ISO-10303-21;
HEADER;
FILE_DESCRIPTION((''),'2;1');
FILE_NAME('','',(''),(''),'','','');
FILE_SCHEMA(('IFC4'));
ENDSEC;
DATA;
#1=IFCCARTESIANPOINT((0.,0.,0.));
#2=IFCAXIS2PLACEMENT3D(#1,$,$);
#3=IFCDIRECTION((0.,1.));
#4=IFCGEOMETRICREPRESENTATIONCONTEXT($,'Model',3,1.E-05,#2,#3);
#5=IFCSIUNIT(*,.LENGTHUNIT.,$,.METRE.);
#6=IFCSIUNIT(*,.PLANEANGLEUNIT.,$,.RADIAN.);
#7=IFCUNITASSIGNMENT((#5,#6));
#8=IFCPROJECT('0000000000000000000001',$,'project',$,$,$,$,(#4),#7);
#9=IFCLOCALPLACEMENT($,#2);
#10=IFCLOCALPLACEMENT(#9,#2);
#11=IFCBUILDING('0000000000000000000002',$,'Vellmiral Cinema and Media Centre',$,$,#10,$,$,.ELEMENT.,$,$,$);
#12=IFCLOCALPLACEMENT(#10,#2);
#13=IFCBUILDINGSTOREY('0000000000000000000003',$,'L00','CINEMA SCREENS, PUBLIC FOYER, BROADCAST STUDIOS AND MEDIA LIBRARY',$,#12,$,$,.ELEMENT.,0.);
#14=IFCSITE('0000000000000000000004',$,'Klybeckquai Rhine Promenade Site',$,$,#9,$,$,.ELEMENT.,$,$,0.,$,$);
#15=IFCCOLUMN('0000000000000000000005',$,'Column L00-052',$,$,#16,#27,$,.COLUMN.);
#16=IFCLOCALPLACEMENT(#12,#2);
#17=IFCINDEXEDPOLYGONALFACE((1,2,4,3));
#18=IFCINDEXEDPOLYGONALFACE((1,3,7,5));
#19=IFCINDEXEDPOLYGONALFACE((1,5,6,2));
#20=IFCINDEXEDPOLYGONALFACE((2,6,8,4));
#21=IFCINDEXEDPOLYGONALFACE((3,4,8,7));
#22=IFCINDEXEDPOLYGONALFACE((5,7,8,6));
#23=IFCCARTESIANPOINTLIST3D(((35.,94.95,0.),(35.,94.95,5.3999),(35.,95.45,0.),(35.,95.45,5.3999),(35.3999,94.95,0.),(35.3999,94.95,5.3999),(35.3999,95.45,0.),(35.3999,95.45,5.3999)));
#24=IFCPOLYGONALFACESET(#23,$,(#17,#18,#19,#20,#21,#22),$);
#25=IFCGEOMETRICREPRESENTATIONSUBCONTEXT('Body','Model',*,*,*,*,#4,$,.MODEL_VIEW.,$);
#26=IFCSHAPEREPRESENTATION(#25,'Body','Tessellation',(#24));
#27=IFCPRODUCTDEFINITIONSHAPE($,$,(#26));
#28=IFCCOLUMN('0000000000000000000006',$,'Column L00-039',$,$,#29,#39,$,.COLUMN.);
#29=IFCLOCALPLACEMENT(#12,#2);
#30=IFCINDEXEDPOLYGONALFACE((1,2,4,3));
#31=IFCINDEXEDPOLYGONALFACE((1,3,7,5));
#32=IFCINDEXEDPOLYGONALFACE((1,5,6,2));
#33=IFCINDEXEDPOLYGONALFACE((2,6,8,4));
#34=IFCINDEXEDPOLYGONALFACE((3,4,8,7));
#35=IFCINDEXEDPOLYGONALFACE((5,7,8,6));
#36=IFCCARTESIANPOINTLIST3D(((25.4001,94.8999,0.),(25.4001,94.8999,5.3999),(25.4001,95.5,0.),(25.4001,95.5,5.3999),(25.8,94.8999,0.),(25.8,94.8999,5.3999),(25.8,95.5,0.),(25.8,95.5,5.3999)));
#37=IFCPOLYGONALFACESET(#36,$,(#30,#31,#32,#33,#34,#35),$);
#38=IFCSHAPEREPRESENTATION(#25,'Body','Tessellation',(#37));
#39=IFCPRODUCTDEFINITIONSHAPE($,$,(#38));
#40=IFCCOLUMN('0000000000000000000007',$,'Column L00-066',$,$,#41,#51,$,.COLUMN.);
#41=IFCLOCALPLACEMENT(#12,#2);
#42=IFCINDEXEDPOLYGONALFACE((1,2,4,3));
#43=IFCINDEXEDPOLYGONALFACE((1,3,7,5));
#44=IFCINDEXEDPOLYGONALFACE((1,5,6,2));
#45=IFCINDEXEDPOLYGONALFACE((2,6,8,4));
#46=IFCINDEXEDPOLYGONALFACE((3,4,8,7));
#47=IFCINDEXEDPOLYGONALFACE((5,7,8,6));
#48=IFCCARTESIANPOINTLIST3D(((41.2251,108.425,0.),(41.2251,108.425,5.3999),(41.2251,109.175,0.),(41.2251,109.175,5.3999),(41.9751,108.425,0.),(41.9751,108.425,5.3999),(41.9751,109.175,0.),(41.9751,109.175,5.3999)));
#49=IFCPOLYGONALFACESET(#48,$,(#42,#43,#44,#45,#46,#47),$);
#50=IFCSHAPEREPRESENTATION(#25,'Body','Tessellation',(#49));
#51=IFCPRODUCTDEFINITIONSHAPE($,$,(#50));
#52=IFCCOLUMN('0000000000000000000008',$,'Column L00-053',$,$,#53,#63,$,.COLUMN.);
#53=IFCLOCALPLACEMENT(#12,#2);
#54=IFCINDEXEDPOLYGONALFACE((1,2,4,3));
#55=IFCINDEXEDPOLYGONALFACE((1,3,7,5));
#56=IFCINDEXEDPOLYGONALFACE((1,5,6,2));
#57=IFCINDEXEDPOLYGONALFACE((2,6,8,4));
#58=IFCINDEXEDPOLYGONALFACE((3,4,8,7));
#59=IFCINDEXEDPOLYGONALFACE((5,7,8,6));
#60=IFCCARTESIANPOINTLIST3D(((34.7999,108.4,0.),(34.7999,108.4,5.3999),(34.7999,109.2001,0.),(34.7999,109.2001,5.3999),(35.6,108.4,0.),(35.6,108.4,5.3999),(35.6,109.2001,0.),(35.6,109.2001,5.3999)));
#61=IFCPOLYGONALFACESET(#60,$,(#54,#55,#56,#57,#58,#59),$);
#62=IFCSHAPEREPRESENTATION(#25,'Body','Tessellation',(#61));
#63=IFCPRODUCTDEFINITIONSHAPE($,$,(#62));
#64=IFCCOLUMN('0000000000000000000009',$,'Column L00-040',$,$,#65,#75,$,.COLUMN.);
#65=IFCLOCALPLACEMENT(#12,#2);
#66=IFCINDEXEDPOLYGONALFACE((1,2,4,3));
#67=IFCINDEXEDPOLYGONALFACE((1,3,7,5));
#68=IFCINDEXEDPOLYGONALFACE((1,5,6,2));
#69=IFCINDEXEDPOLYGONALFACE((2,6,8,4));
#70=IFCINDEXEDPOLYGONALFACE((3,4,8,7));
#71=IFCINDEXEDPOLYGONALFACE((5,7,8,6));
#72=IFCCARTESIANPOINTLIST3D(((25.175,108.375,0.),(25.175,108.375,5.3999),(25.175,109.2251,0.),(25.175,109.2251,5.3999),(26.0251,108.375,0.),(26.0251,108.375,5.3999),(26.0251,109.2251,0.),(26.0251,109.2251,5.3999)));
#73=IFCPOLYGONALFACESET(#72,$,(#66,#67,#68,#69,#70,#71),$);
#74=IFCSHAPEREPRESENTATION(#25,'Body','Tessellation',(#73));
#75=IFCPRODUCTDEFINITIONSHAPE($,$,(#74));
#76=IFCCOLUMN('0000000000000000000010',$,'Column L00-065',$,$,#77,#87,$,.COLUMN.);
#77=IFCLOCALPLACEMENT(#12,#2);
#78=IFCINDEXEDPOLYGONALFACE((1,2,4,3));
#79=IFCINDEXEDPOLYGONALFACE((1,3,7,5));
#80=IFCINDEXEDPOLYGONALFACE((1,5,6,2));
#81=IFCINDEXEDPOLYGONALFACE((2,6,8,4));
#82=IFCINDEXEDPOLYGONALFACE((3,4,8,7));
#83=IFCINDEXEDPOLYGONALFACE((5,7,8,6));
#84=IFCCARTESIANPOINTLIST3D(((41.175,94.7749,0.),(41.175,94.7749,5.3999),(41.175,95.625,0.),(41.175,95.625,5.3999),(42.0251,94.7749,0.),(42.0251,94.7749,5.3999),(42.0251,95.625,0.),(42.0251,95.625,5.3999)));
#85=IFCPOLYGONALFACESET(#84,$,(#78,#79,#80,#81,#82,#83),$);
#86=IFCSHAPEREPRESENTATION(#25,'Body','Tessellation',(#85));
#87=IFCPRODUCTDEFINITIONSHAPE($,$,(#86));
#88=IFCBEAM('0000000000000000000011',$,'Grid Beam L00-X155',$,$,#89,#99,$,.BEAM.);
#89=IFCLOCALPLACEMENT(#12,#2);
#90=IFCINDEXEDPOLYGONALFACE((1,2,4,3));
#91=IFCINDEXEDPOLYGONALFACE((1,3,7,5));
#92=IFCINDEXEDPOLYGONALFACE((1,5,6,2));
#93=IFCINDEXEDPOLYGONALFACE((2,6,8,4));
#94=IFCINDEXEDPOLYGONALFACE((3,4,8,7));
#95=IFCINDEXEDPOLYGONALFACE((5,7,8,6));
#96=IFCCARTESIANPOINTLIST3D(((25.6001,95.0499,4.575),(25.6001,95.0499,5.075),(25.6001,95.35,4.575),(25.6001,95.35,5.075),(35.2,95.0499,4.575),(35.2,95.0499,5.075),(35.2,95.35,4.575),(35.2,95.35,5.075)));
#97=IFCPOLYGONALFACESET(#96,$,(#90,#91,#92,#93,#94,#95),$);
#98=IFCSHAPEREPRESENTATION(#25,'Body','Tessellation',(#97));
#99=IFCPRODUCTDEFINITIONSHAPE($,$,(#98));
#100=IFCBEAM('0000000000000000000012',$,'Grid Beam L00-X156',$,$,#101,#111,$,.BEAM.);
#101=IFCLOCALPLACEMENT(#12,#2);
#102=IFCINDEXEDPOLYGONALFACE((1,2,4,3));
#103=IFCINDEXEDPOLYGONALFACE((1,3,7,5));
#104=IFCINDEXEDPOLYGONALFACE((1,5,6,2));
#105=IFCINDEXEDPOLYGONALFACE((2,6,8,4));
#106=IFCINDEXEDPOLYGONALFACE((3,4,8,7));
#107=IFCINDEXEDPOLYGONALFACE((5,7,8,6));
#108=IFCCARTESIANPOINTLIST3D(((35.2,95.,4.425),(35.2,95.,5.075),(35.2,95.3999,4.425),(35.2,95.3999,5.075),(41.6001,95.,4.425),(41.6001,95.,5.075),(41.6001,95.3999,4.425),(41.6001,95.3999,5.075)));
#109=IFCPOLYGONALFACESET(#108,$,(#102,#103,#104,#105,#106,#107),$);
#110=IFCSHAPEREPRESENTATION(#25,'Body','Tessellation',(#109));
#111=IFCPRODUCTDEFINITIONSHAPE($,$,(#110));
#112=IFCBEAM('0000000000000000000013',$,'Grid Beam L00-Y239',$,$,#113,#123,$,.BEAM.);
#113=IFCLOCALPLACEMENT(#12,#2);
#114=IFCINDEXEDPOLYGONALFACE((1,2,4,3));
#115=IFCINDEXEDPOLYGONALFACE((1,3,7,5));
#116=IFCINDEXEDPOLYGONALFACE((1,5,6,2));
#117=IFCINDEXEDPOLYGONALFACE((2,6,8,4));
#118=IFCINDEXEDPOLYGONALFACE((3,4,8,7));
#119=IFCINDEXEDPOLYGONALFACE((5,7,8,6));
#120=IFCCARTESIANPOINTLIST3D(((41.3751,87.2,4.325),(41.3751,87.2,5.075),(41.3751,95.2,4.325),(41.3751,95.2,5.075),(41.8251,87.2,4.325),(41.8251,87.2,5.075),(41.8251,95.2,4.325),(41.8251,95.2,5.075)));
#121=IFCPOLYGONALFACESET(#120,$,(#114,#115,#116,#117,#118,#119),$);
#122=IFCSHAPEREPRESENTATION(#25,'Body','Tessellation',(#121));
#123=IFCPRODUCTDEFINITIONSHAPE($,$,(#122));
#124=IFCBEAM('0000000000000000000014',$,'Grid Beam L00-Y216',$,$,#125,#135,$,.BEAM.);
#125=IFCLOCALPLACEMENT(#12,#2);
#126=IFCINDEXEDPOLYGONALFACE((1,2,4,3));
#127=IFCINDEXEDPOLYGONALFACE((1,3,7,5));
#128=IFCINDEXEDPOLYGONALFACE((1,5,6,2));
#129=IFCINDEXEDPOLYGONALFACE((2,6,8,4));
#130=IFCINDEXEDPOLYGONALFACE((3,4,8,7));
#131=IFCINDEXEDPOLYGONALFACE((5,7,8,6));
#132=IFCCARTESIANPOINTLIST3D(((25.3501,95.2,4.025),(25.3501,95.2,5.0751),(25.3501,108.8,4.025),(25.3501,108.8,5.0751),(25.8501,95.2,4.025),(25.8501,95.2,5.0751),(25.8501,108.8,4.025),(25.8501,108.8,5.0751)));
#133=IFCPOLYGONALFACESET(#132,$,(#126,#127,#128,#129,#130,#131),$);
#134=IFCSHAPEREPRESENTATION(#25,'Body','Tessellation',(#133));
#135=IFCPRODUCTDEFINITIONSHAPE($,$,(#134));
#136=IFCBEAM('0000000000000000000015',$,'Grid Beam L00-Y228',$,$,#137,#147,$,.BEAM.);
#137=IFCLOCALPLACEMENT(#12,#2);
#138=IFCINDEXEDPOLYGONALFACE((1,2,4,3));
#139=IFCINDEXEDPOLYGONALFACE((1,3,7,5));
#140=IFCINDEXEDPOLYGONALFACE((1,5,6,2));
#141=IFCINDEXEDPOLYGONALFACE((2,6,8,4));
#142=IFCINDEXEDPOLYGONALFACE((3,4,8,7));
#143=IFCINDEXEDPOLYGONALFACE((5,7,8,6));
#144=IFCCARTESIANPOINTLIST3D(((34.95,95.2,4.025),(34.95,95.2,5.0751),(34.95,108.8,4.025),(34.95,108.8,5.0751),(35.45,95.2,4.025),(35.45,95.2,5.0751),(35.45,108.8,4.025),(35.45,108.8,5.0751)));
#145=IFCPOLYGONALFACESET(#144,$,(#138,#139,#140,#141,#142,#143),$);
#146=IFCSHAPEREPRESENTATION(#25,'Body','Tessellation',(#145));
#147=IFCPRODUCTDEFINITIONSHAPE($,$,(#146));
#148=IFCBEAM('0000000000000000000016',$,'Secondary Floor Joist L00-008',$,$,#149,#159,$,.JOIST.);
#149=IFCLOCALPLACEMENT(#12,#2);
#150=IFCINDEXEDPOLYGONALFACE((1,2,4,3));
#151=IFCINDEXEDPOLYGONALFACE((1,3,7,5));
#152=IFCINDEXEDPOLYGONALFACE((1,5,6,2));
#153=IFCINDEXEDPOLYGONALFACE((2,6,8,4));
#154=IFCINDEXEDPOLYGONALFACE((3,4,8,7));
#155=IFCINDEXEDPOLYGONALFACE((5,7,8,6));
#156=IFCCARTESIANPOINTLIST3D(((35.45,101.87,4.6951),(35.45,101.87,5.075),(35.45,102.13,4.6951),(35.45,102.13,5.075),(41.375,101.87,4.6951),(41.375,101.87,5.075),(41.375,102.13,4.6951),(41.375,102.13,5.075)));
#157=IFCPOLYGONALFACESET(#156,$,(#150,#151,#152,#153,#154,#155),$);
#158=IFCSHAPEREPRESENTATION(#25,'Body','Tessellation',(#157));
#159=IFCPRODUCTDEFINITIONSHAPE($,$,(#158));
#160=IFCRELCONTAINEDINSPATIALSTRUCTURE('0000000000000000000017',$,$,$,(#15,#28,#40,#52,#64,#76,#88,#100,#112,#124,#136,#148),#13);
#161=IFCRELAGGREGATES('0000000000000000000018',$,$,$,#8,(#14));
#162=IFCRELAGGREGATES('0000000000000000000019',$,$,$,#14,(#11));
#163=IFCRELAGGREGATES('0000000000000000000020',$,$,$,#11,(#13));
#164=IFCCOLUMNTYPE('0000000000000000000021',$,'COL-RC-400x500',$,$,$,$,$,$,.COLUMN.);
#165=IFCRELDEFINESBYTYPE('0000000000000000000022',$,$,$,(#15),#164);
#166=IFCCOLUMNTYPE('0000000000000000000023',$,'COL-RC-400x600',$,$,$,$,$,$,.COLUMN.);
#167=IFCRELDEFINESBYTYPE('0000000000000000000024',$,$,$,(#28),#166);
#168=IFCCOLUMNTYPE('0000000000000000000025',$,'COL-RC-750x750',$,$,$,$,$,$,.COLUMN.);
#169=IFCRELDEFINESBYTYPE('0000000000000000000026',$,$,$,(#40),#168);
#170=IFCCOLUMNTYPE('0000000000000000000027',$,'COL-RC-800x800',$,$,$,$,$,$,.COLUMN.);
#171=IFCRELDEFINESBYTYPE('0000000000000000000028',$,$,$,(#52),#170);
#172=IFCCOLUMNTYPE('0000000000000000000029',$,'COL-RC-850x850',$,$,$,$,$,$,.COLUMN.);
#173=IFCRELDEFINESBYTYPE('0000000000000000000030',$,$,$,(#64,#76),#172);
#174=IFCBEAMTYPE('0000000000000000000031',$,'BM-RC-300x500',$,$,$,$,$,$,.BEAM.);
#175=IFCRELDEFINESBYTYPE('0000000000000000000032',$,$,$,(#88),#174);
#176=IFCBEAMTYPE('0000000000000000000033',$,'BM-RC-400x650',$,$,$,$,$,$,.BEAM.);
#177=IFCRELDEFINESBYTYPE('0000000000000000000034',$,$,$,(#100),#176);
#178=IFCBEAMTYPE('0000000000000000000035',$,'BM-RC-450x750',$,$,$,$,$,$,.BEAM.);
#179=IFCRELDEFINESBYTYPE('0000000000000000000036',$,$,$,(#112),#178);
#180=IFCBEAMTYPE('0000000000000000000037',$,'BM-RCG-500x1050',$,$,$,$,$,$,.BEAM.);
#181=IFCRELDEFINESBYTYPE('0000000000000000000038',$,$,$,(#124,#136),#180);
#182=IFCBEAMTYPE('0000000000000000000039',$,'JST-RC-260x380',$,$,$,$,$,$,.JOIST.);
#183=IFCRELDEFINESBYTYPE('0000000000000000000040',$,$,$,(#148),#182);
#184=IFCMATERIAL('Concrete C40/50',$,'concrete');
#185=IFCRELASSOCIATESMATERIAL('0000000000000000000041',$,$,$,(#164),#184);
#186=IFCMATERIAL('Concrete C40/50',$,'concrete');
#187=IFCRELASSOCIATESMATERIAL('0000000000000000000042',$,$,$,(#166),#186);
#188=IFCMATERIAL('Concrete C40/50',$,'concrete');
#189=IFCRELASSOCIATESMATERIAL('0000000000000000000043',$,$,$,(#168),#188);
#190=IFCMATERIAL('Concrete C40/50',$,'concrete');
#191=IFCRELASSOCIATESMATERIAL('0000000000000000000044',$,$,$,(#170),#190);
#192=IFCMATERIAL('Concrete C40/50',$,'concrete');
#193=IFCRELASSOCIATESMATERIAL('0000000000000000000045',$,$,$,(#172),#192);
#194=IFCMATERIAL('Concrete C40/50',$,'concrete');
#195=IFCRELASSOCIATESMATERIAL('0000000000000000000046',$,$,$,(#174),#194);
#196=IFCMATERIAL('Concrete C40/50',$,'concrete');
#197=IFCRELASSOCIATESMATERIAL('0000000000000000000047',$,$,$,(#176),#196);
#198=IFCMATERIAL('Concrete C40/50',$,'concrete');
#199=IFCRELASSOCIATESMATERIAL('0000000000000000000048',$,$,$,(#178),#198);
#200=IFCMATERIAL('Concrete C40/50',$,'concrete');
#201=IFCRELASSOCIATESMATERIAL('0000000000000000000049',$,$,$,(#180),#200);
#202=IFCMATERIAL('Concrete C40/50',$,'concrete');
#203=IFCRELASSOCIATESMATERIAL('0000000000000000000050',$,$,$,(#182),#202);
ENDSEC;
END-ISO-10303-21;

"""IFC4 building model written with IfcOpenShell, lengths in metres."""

from ifc_helpers import new_model, si_unit, direction, frame, origin, origin_2d, place, context, subcontext, project, spatial, rectangle, extrude, material, material_profile, profile_set, type_object, element, save


model = new_model("IFC4")

# Units and contexts
model_context = context("Model", 3, precision=1e-05, world=origin(), true_north=direction((0.0, 1.0)))
body_context = subcontext(model_context, "Body", "Model", "MODEL_VIEW")
ifc_project = project(units=[si_unit("LENGTHUNIT", "METRE"), si_unit("PLANEANGLEUNIT", "RADIAN")], contexts=[model_context])

# Site, building, storey
site_placement = place(None, origin())
site = spatial("IfcSite", under=ifc_project, at=site_placement, Name="Klybeckquai Rhine Promenade Site", CompositionType="ELEMENT", RefElevation=0.0)
building_placement = place(site_placement, origin())
building = spatial("IfcBuilding", under=site, at=building_placement, Name="Vellmiral Cinema and Media Centre", CompositionType="ELEMENT")
storey_placement = place(building_placement, origin())
storey = spatial("IfcBuildingStorey", under=building, at=storey_placement, Name="L00", Description="CINEMA SCREENS, PUBLIC FOYER, BROADCAST STUDIOS AND MEDIA LIBRARY", CompositionType="ELEMENT", Elevation=0.0)

# Columns
ifc_material_1 = material(Name="Concrete C40/50", Category="concrete")
ifc_material_profile_1 = material_profile(ifc_material_1, rectangle(XDim=0.3999, YDim=0.5, at=origin_2d()), Name="RC 400x500")
ifc_profile_set_1 = profile_set([ifc_material_profile_1], Name="Concrete C40/50")
column_type_1 = type_object("IfcColumnType", Name="COL-RC-400x500", PredefinedType="COLUMN", material=ifc_profile_set_1)
column_1_placement = place(storey_placement, frame((35.2, 95.2, 0.0), z_axis=(0.0, 0.0, 1.0), x_axis=(1.0, 0.0, 0.0)))
element("IfcColumn", 1, at=column_1_placement, inside=storey, type_object=column_type_1, Name="Column L00-052", PredefinedType="COLUMN", context=body_context, shape_type="SweptSolid", body=[
    extrude(rectangle(XDim=0.3999, YDim=0.5, at=origin_2d()), origin(), (0.0, 0.0, 1.0), 5.3999),
])
ifc_material_2 = material(Name="Concrete C40/50", Category="concrete")
ifc_material_profile_2 = material_profile(ifc_material_2, rectangle(XDim=0.3999, YDim=0.6001, at=origin_2d()), Name="RC 400x600")
ifc_profile_set_2 = profile_set([ifc_material_profile_2], Name="Concrete C40/50")
column_type_2 = type_object("IfcColumnType", Name="COL-RC-400x600", PredefinedType="COLUMN", material=ifc_profile_set_2)
column_2_placement = place(storey_placement, frame((25.6001, 95.2, 0.0), z_axis=(0.0, 0.0, 1.0), x_axis=(1.0, 0.0, 0.0)))
element("IfcColumn", 2, at=column_2_placement, inside=storey, type_object=column_type_2, Name="Column L00-039", PredefinedType="COLUMN", context=body_context, shape_type="SweptSolid", body=[
    extrude(rectangle(XDim=0.3999, YDim=0.6001, at=origin_2d()), origin(), (0.0, 0.0, 1.0), 5.3999),
])
ifc_material_3 = material(Name="Concrete C40/50", Category="concrete")
ifc_material_profile_3 = material_profile(ifc_material_3, rectangle(XDim=0.75, YDim=0.75, at=origin_2d()), Name="RC 750x750")
ifc_profile_set_3 = profile_set([ifc_material_profile_3], Name="Concrete C40/50")
column_type_3 = type_object("IfcColumnType", Name="COL-RC-750x750", PredefinedType="COLUMN", material=ifc_profile_set_3)
column_3_placement = place(storey_placement, frame((41.6001, 108.8, 0.0), z_axis=(0.0, 0.0, 1.0), x_axis=(1.0, 0.0, 0.0)))
element("IfcColumn", 3, at=column_3_placement, inside=storey, type_object=column_type_3, Name="Column L00-066", PredefinedType="COLUMN", context=body_context, shape_type="SweptSolid", body=[
    extrude(rectangle(XDim=0.75, YDim=0.75, at=origin_2d()), origin(), (0.0, 0.0, 1.0), 5.3999),
])
ifc_material_4 = material(Name="Concrete C40/50", Category="concrete")
ifc_material_profile_4 = material_profile(ifc_material_4, rectangle(XDim=0.8, YDim=0.8, at=origin_2d()), Name="RC 800x800")
ifc_profile_set_4 = profile_set([ifc_material_profile_4], Name="Concrete C40/50")
column_type_4 = type_object("IfcColumnType", Name="COL-RC-800x800", PredefinedType="COLUMN", material=ifc_profile_set_4)
column_4_placement = place(storey_placement, frame((35.2, 108.8, 0.0), z_axis=(0.0, 0.0, 1.0), x_axis=(1.0, 0.0, 0.0)))
element("IfcColumn", 4, at=column_4_placement, inside=storey, type_object=column_type_4, Name="Column L00-053", PredefinedType="COLUMN", context=body_context, shape_type="SweptSolid", body=[
    extrude(rectangle(XDim=0.8, YDim=0.8, at=origin_2d()), origin(), (0.0, 0.0, 1.0), 5.3999),
])
ifc_material_5 = material(Name="Concrete C40/50", Category="concrete")
ifc_material_profile_5 = material_profile(ifc_material_5, rectangle(XDim=0.8501, YDim=0.8501, at=origin_2d()), Name="RC 850x850")
ifc_profile_set_5 = profile_set([ifc_material_profile_5], Name="Concrete C40/50")
column_type_5 = type_object("IfcColumnType", Name="COL-RC-850x850", PredefinedType="COLUMN", material=ifc_profile_set_5)
for number, where, z_axis, x_axis, name in (
    (5, (25.6001, 108.8, 0.0), (0.0, 0.0, 1.0), (1.0, 0.0, 0.0), "Column L00-040"),
    (6, (41.6001, 95.2, 0.0), (0.0, 0.0, 1.0), (1.0, 0.0, 0.0), "Column L00-065"),
):
    element("IfcColumn", number, at=place(storey_placement, frame(where, z_axis=z_axis, x_axis=x_axis)), inside=storey, type_object=column_type_5, Name=name, PredefinedType="COLUMN", context=body_context, shape_type="SweptSolid", body=[
        extrude(rectangle(XDim=0.8501, YDim=0.8501, at=origin_2d()), origin(), (0.0, 0.0, 1.0), 5.3999),
    ])

# Beams
ifc_material_6 = material(Name="Concrete C40/50", Category="concrete")
ifc_material_profile_6 = material_profile(ifc_material_6, rectangle(XDim=0.3, YDim=0.5, at=origin_2d()), Name="RC 300x500")
ifc_profile_set_6 = profile_set([ifc_material_profile_6], Name="Concrete C40/50")
beam_type_1 = type_object("IfcBeamType", Name="BM-RC-300x500", PredefinedType="BEAM", material=ifc_profile_set_6)
beam_1_placement = place(storey_placement, frame((25.6001, 95.2, 4.825), z_axis=(1.0, 0.0, 0.0), x_axis=(0.0, 1.0, 0.0)))
element("IfcBeam", 7, at=beam_1_placement, inside=storey, type_object=beam_type_1, Name="Grid Beam L00-X155", PredefinedType="BEAM", context=body_context, shape_type="SweptSolid", body=[
    extrude(rectangle(XDim=0.3, YDim=0.5, at=origin_2d()), origin(), (0.0, 0.0, 1.0), 9.5999),
])
ifc_material_7 = material(Name="Concrete C40/50", Category="concrete")
ifc_material_profile_7 = material_profile(ifc_material_7, rectangle(XDim=0.3999, YDim=0.6499, at=origin_2d()), Name="RC 400x650")
ifc_profile_set_7 = profile_set([ifc_material_profile_7], Name="Concrete C40/50")
beam_type_2 = type_object("IfcBeamType", Name="BM-RC-400x650", PredefinedType="BEAM", material=ifc_profile_set_7)
beam_2_placement = place(storey_placement, frame((35.2, 95.2, 4.75), z_axis=(1.0, 0.0, 0.0), x_axis=(0.0, 1.0, 0.0)))
element("IfcBeam", 8, at=beam_2_placement, inside=storey, type_object=beam_type_2, Name="Grid Beam L00-X156", PredefinedType="BEAM", context=body_context, shape_type="SweptSolid", body=[
    extrude(rectangle(XDim=0.3999, YDim=0.6499, at=origin_2d()), origin(), (0.0, 0.0, 1.0), 6.4001),
])
ifc_material_8 = material(Name="Concrete C40/50", Category="concrete")
ifc_material_profile_8 = material_profile(ifc_material_8, rectangle(XDim=0.45, YDim=0.75, at=origin_2d()), Name="RC 450x750")
ifc_profile_set_8 = profile_set([ifc_material_profile_8], Name="Concrete C40/50")
beam_type_3 = type_object("IfcBeamType", Name="BM-RC-450x750", PredefinedType="BEAM", material=ifc_profile_set_8)
beam_3_placement = place(storey_placement, frame((41.6001, 87.2, 4.7), z_axis=(0.0, 1.0, 0.0), x_axis=(-1.0, 0.0, 0.0)))
element("IfcBeam", 9, at=beam_3_placement, inside=storey, type_object=beam_type_3, Name="Grid Beam L00-Y239", PredefinedType="BEAM", context=body_context, shape_type="SweptSolid", body=[
    extrude(rectangle(XDim=0.45, YDim=0.75, at=origin_2d()), origin(), (0.0, 0.0, 1.0), 8.0),
])
ifc_material_9 = material(Name="Concrete C40/50", Category="concrete")
ifc_material_profile_9 = material_profile(ifc_material_9, rectangle(XDim=0.5, YDim=1.05, at=origin_2d()), Name="RC 500x1050")
ifc_profile_set_9 = profile_set([ifc_material_profile_9], Name="Concrete C40/50")
beam_type_4 = type_object("IfcBeamType", Name="BM-RCG-500x1050", PredefinedType="BEAM", material=ifc_profile_set_9)
for number, where, z_axis, x_axis, name in (
    (10, (25.6001, 95.2, 4.55), (0.0, 1.0, 0.0), (-1.0, 0.0, 0.0), "Grid Beam L00-Y216"),
    (11, (35.2, 95.2, 4.55), (0.0, 1.0, 0.0), (-1.0, 0.0, 0.0), "Grid Beam L00-Y228"),
):
    element("IfcBeam", number, at=place(storey_placement, frame(where, z_axis=z_axis, x_axis=x_axis)), inside=storey, type_object=beam_type_4, Name=name, PredefinedType="BEAM", context=body_context, shape_type="SweptSolid", body=[
        extrude(rectangle(XDim=0.5, YDim=1.05, at=origin_2d()), origin(), (0.0, 0.0, 1.0), 13.6001),
    ])
ifc_material_10 = material(Name="Concrete C40/50", Category="concrete")
ifc_material_profile_10 = material_profile(ifc_material_10, rectangle(XDim=0.26, YDim=0.3799, at=origin_2d()), Name="RC 260x380")
ifc_profile_set_10 = profile_set([ifc_material_profile_10], Name="Concrete C40/50")
beam_type_5 = type_object("IfcBeamType", Name="JST-RC-260x380", PredefinedType="JOIST", material=ifc_profile_set_10)
beam_4_placement = place(storey_placement, frame((35.45, 102.0, 4.885), z_axis=(1.0, 0.0, 0.0), x_axis=(0.0, 1.0, 0.0)))
element("IfcBeam", 12, at=beam_4_placement, inside=storey, type_object=beam_type_5, Name="Secondary Floor Joist L00-008", PredefinedType="JOIST", context=body_context, shape_type="SweptSolid", body=[
    extrude(rectangle(XDim=0.26, YDim=0.3799, at=origin_2d()), origin(), (0.0, 0.0, 1.0), 5.925),
])

save(model, "model.ifc")
